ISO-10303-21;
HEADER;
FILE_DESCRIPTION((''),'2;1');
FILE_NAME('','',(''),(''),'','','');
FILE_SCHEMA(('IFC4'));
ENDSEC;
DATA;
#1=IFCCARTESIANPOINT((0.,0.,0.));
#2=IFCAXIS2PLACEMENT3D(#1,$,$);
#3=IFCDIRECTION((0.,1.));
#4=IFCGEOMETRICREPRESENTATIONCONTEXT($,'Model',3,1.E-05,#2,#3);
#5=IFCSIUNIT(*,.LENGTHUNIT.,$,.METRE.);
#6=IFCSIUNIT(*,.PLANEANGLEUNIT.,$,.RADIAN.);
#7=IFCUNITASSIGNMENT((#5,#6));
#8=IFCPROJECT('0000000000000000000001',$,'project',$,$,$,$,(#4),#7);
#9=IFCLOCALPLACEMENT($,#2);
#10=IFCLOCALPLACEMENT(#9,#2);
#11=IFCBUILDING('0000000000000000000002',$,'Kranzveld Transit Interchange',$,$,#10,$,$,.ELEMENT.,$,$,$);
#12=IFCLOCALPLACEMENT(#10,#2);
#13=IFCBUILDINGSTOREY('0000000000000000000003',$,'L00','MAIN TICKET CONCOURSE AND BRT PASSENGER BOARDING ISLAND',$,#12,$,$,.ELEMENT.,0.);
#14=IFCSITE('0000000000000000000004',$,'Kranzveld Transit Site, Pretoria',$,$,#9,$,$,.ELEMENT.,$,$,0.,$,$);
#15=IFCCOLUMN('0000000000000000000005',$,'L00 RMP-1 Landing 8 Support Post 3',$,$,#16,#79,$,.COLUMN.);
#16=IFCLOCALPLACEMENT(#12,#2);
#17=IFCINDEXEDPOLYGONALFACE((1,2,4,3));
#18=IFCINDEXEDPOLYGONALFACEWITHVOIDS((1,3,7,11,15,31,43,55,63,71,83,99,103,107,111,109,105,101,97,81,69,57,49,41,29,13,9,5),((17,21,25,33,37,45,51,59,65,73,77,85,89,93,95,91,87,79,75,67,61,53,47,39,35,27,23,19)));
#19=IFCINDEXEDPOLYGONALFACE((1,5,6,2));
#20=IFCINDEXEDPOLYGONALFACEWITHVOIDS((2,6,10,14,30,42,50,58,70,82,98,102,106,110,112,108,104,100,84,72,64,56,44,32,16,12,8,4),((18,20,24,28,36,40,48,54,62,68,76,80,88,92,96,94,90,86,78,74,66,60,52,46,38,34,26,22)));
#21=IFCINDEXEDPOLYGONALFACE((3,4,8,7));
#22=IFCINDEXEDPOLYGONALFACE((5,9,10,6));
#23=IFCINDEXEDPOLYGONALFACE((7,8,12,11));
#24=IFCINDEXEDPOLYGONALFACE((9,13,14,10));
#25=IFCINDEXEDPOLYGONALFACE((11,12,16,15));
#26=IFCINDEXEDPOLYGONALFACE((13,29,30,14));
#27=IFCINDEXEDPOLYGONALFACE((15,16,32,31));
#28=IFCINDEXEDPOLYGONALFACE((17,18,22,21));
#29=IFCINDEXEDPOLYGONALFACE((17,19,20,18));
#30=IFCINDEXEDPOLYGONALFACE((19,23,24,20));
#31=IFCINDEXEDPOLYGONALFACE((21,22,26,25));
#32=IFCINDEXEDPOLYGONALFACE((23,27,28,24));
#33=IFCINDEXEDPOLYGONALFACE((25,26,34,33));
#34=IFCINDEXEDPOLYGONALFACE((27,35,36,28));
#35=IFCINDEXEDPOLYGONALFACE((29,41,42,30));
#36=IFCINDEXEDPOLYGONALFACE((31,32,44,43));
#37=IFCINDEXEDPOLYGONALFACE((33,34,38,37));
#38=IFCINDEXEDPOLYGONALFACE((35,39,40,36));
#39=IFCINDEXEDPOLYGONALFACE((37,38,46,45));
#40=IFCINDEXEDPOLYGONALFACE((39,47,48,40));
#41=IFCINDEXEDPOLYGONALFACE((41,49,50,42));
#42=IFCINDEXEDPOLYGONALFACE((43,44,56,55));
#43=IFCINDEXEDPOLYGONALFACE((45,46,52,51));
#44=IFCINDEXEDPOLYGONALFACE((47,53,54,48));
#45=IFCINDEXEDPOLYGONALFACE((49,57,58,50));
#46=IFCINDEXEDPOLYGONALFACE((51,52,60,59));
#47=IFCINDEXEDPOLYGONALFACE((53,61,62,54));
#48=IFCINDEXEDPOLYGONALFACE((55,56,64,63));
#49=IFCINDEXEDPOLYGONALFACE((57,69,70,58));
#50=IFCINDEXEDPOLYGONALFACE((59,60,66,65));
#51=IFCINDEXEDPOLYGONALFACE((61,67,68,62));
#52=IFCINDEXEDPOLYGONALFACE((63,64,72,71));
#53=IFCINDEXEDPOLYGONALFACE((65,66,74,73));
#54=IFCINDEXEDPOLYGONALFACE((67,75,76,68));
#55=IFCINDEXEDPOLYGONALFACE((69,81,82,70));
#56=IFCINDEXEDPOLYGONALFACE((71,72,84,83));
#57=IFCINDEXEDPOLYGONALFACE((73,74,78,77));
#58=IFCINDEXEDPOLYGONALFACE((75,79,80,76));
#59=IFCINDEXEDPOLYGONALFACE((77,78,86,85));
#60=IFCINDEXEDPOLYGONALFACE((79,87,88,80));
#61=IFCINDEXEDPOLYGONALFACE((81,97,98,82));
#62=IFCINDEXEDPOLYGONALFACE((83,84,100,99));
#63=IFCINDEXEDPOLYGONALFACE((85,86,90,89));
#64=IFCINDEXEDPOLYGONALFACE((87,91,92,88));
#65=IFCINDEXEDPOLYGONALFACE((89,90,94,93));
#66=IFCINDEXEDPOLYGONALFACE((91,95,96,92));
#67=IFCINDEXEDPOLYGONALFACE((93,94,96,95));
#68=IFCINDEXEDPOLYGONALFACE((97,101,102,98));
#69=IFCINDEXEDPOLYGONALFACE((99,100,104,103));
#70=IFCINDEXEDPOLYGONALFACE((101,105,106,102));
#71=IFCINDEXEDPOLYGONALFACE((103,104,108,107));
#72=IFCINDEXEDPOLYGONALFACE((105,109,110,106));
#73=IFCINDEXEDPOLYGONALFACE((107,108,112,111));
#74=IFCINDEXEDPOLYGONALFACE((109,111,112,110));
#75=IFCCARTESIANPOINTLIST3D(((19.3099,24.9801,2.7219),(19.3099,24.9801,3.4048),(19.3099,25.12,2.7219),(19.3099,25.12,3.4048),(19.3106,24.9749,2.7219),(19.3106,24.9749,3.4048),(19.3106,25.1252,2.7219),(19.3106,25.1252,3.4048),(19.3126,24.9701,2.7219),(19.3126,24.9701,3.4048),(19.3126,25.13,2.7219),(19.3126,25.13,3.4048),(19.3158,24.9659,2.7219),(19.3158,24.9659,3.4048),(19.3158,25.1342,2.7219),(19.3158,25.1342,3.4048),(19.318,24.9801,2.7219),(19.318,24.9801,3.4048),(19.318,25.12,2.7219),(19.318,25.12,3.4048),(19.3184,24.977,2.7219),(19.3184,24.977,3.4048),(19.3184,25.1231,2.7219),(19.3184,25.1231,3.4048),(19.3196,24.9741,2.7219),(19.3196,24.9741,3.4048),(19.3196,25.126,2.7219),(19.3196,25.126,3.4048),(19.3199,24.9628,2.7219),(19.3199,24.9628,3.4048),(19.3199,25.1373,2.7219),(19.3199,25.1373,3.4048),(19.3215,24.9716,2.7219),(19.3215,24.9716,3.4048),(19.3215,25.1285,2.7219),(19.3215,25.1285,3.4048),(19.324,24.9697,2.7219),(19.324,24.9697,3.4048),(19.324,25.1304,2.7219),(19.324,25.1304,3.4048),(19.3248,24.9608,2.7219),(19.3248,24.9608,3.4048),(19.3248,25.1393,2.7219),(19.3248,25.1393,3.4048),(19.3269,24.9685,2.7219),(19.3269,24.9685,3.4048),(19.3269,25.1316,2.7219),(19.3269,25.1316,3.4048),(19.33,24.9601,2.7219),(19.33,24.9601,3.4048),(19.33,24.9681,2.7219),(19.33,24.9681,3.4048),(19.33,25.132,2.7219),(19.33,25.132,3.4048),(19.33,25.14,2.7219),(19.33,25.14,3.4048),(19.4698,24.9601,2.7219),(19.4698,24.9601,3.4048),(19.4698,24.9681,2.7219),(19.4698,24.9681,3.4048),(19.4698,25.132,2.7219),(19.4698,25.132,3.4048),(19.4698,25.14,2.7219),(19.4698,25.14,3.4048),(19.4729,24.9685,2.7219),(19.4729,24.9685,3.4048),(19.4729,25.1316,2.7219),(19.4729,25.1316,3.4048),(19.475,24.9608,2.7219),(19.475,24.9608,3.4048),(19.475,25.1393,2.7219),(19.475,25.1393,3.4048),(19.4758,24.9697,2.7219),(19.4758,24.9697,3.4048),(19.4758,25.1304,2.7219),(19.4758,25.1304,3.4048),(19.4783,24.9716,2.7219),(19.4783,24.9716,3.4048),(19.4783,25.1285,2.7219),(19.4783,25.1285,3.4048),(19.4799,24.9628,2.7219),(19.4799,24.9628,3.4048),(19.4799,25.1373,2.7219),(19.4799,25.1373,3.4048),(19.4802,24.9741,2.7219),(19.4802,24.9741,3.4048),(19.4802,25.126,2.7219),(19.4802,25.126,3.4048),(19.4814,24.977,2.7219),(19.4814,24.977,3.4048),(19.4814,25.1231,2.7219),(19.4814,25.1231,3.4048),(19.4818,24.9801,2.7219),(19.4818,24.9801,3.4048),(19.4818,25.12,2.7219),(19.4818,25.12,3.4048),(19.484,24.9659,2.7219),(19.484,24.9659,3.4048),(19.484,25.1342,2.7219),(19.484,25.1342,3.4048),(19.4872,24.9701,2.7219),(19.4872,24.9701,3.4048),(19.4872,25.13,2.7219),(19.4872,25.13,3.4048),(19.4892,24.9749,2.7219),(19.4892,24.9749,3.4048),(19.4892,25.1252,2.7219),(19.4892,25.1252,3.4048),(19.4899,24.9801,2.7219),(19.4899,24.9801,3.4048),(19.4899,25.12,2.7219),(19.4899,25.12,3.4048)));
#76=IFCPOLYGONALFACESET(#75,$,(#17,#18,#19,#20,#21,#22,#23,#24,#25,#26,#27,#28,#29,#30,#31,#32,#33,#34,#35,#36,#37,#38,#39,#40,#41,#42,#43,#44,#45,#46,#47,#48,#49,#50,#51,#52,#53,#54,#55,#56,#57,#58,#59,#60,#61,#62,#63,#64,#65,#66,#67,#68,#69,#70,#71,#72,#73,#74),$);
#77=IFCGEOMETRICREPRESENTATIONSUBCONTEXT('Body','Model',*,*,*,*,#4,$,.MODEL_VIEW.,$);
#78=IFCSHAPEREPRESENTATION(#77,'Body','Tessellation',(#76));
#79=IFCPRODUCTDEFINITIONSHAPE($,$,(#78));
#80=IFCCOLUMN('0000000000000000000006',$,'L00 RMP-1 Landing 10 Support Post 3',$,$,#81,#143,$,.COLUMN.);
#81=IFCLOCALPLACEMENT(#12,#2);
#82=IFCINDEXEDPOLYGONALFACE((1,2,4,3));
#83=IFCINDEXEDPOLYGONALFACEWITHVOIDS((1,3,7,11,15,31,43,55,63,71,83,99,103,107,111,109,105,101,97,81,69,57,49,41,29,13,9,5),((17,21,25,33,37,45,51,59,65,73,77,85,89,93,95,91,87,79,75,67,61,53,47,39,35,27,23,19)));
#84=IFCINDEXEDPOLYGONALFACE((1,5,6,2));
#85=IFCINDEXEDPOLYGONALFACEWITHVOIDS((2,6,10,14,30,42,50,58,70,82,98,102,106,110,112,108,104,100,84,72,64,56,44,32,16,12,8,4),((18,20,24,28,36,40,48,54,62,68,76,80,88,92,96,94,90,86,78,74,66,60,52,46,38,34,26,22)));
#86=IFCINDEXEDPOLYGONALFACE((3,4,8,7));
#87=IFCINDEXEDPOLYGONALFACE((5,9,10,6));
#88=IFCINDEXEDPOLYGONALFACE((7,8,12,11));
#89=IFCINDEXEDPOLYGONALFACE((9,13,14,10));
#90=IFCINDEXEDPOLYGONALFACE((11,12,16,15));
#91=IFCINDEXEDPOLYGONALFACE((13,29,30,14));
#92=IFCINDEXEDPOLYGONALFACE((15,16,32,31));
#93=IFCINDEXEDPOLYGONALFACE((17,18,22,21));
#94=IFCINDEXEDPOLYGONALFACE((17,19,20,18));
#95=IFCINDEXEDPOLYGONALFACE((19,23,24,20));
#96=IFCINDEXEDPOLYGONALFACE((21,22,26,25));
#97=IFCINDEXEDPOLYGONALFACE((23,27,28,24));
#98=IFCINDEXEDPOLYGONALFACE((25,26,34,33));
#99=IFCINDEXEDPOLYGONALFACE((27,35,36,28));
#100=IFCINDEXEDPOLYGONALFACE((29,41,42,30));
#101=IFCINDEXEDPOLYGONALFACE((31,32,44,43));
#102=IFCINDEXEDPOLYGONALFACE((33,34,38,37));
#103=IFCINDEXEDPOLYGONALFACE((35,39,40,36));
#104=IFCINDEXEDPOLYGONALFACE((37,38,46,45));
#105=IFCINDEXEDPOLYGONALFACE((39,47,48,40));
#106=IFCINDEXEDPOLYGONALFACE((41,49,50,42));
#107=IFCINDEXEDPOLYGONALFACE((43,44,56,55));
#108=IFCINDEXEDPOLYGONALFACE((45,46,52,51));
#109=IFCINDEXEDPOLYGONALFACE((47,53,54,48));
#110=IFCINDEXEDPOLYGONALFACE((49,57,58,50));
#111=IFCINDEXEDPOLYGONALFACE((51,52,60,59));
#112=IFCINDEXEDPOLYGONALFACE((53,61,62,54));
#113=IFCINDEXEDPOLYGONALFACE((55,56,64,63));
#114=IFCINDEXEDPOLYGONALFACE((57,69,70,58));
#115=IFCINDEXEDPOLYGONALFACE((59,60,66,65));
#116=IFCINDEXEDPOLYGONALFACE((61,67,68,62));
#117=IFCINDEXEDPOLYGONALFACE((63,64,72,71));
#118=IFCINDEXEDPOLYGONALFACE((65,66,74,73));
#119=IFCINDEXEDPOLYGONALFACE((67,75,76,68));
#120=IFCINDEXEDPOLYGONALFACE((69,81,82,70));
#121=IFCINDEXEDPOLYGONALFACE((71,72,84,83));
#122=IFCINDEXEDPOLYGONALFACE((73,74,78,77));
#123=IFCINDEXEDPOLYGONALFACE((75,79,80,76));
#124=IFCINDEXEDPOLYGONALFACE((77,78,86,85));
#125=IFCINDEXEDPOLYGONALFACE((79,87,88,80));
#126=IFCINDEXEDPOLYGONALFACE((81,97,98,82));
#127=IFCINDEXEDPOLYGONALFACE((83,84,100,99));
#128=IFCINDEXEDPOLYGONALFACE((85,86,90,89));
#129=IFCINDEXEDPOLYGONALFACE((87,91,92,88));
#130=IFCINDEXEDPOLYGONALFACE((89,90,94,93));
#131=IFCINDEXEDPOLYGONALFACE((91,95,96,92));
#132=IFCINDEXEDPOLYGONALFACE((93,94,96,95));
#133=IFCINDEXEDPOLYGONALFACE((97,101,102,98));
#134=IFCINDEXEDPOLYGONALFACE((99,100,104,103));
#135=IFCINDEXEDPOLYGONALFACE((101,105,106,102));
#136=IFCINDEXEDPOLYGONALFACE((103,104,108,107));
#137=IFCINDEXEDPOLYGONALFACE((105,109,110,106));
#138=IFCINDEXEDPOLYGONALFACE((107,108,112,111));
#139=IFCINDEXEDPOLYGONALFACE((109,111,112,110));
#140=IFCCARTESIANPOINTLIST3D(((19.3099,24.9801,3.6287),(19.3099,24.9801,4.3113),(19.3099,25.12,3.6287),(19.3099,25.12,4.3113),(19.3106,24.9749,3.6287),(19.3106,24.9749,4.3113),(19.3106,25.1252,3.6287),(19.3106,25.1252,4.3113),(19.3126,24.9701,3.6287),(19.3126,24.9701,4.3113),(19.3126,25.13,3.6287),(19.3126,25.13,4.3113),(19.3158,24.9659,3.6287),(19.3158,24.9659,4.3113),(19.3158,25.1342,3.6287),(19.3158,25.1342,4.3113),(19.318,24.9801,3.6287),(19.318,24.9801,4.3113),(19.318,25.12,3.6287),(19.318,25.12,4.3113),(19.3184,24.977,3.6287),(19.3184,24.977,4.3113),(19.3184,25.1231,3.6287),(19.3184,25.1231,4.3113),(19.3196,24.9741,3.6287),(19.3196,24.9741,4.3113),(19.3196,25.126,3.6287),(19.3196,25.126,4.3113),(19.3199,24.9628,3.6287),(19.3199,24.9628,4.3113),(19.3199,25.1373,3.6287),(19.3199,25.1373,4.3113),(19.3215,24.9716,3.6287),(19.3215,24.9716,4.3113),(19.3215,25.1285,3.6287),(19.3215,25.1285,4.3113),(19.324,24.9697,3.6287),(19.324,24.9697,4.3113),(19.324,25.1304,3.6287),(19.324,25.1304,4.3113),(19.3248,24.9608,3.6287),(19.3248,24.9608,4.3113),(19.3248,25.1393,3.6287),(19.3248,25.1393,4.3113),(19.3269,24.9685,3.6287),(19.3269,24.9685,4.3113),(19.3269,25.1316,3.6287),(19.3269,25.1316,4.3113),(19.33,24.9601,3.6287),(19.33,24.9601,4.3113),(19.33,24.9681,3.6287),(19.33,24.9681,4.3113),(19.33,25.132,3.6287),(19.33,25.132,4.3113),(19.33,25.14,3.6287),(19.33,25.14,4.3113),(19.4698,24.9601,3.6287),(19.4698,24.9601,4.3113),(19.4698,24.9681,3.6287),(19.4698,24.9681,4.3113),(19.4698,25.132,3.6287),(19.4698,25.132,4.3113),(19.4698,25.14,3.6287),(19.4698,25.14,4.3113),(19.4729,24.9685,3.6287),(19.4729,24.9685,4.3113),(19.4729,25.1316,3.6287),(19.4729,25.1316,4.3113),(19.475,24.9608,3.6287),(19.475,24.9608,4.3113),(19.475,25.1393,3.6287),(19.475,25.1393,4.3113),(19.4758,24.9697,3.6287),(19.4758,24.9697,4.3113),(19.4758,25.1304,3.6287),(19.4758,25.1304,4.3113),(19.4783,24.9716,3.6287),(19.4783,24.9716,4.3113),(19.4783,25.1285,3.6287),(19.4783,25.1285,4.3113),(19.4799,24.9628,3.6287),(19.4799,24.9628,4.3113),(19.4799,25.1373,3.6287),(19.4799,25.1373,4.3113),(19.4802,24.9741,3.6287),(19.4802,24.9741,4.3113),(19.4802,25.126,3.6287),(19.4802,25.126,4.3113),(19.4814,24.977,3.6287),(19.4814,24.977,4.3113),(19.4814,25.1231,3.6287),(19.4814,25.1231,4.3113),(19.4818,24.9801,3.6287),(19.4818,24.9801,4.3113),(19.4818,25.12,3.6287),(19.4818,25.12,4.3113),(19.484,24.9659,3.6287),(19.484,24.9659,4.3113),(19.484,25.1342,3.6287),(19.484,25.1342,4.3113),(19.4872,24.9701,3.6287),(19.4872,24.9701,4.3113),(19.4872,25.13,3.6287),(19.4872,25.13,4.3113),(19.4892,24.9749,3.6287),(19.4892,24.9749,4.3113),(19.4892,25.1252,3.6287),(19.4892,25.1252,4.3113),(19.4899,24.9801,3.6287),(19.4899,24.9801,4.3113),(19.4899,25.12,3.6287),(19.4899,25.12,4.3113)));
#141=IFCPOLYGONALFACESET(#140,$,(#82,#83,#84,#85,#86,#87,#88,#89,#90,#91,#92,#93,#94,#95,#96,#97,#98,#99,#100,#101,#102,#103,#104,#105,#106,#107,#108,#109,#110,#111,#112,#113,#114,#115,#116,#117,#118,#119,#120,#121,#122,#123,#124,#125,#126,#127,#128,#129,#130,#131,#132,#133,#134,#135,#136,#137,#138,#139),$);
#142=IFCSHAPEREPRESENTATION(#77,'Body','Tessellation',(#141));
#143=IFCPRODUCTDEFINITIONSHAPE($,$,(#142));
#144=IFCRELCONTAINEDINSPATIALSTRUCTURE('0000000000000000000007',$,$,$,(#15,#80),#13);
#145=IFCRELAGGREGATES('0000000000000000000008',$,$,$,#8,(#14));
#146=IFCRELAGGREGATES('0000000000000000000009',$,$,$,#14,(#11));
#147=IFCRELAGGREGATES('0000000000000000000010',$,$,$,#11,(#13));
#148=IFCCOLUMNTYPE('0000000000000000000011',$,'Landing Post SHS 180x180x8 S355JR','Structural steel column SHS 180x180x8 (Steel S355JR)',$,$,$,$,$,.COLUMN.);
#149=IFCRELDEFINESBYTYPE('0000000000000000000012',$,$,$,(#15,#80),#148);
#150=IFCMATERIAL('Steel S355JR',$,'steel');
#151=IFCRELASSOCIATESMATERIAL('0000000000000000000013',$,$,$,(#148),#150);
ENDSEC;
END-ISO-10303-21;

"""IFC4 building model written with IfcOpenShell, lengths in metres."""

from ifc_helpers import new_model, si_unit, direction, frame, origin, origin_2d, place, context, subcontext, project, spatial, hollow_rectangle, extrude, material, material_profile, profile_set, type_object, element, save


model = new_model("IFC4")

# Units and contexts
model_context = context("Model", 3, precision=1e-05, world=origin(), true_north=direction((0.0, 1.0)))
body_context = subcontext(model_context, "Body", "Model", "MODEL_VIEW")
ifc_project = project(units=[si_unit("LENGTHUNIT", "METRE"), si_unit("PLANEANGLEUNIT", "RADIAN")], contexts=[model_context])

# Site, building, storey
site_placement = place(None, origin())
site = spatial("IfcSite", under=ifc_project, at=site_placement, Name="Kranzveld Transit Site, Pretoria", CompositionType="ELEMENT", RefElevation=0.0)
building_placement = place(site_placement, origin())
building = spatial("IfcBuilding", under=site, at=building_placement, Name="Kranzveld Transit Interchange", CompositionType="ELEMENT")
storey_placement = place(building_placement, origin())
storey = spatial("IfcBuildingStorey", under=building, at=storey_placement, Name="L00", Description="MAIN TICKET CONCOURSE AND BRT PASSENGER BOARDING ISLAND", CompositionType="ELEMENT", Elevation=0.0)

# Columns
ifc_material_1 = material(Name="Steel S355JR", Category="steel")
ifc_material_profile_1 = material_profile(ifc_material_1, hollow_rectangle(XDim=0.1799, YDim=0.1799, WallThickness=0.0081, InnerFilletRadius=0.012, OuterFilletRadius=0.02, at=origin_2d()), Name="SHS 180x180x8")
ifc_profile_set_1 = profile_set([ifc_material_profile_1], Name="Steel S355JR")
column_type_1 = type_object("IfcColumnType", Name="Landing Post SHS 180x180x8 S355JR", Description="Structural steel column SHS 180x180x8 (Steel S355JR)", PredefinedType="COLUMN", material=ifc_profile_set_1)
column_1_placement = place(storey_placement, frame((19.3999, 25.05, 2.7219), z_axis=(0.0, 0.0, 1.0), x_axis=(1.0, 0.0, 0.0)))
element("IfcColumn", 1, at=column_1_placement, inside=storey, type_object=column_type_1, Name="L00 RMP-1 Landing 8 Support Post 3", PredefinedType="COLUMN", context=body_context, shape_type="SweptSolid", body=[
    extrude(hollow_rectangle(XDim=0.1799, YDim=0.1799, WallThickness=0.0081, InnerFilletRadius=0.012, OuterFilletRadius=0.02, at=origin_2d()), origin(), (0.0, 0.0, 1.0), 0.6829),
])
column_2_placement = place(storey_placement, frame((19.3999, 25.05, 3.6287), z_axis=(0.0, 0.0, 1.0), x_axis=(1.0, 0.0, 0.0)))
element("IfcColumn", 2, at=column_2_placement, inside=storey, type_object=column_type_1, Name="L00 RMP-1 Landing 10 Support Post 3", PredefinedType="COLUMN", context=body_context, shape_type="SweptSolid", body=[
    extrude(hollow_rectangle(XDim=0.1799, YDim=0.1799, WallThickness=0.0081, InnerFilletRadius=0.012, OuterFilletRadius=0.02, at=origin_2d()), origin(), (0.0, 0.0, 1.0), 0.6826),
])

save(model, "model.ifc")
